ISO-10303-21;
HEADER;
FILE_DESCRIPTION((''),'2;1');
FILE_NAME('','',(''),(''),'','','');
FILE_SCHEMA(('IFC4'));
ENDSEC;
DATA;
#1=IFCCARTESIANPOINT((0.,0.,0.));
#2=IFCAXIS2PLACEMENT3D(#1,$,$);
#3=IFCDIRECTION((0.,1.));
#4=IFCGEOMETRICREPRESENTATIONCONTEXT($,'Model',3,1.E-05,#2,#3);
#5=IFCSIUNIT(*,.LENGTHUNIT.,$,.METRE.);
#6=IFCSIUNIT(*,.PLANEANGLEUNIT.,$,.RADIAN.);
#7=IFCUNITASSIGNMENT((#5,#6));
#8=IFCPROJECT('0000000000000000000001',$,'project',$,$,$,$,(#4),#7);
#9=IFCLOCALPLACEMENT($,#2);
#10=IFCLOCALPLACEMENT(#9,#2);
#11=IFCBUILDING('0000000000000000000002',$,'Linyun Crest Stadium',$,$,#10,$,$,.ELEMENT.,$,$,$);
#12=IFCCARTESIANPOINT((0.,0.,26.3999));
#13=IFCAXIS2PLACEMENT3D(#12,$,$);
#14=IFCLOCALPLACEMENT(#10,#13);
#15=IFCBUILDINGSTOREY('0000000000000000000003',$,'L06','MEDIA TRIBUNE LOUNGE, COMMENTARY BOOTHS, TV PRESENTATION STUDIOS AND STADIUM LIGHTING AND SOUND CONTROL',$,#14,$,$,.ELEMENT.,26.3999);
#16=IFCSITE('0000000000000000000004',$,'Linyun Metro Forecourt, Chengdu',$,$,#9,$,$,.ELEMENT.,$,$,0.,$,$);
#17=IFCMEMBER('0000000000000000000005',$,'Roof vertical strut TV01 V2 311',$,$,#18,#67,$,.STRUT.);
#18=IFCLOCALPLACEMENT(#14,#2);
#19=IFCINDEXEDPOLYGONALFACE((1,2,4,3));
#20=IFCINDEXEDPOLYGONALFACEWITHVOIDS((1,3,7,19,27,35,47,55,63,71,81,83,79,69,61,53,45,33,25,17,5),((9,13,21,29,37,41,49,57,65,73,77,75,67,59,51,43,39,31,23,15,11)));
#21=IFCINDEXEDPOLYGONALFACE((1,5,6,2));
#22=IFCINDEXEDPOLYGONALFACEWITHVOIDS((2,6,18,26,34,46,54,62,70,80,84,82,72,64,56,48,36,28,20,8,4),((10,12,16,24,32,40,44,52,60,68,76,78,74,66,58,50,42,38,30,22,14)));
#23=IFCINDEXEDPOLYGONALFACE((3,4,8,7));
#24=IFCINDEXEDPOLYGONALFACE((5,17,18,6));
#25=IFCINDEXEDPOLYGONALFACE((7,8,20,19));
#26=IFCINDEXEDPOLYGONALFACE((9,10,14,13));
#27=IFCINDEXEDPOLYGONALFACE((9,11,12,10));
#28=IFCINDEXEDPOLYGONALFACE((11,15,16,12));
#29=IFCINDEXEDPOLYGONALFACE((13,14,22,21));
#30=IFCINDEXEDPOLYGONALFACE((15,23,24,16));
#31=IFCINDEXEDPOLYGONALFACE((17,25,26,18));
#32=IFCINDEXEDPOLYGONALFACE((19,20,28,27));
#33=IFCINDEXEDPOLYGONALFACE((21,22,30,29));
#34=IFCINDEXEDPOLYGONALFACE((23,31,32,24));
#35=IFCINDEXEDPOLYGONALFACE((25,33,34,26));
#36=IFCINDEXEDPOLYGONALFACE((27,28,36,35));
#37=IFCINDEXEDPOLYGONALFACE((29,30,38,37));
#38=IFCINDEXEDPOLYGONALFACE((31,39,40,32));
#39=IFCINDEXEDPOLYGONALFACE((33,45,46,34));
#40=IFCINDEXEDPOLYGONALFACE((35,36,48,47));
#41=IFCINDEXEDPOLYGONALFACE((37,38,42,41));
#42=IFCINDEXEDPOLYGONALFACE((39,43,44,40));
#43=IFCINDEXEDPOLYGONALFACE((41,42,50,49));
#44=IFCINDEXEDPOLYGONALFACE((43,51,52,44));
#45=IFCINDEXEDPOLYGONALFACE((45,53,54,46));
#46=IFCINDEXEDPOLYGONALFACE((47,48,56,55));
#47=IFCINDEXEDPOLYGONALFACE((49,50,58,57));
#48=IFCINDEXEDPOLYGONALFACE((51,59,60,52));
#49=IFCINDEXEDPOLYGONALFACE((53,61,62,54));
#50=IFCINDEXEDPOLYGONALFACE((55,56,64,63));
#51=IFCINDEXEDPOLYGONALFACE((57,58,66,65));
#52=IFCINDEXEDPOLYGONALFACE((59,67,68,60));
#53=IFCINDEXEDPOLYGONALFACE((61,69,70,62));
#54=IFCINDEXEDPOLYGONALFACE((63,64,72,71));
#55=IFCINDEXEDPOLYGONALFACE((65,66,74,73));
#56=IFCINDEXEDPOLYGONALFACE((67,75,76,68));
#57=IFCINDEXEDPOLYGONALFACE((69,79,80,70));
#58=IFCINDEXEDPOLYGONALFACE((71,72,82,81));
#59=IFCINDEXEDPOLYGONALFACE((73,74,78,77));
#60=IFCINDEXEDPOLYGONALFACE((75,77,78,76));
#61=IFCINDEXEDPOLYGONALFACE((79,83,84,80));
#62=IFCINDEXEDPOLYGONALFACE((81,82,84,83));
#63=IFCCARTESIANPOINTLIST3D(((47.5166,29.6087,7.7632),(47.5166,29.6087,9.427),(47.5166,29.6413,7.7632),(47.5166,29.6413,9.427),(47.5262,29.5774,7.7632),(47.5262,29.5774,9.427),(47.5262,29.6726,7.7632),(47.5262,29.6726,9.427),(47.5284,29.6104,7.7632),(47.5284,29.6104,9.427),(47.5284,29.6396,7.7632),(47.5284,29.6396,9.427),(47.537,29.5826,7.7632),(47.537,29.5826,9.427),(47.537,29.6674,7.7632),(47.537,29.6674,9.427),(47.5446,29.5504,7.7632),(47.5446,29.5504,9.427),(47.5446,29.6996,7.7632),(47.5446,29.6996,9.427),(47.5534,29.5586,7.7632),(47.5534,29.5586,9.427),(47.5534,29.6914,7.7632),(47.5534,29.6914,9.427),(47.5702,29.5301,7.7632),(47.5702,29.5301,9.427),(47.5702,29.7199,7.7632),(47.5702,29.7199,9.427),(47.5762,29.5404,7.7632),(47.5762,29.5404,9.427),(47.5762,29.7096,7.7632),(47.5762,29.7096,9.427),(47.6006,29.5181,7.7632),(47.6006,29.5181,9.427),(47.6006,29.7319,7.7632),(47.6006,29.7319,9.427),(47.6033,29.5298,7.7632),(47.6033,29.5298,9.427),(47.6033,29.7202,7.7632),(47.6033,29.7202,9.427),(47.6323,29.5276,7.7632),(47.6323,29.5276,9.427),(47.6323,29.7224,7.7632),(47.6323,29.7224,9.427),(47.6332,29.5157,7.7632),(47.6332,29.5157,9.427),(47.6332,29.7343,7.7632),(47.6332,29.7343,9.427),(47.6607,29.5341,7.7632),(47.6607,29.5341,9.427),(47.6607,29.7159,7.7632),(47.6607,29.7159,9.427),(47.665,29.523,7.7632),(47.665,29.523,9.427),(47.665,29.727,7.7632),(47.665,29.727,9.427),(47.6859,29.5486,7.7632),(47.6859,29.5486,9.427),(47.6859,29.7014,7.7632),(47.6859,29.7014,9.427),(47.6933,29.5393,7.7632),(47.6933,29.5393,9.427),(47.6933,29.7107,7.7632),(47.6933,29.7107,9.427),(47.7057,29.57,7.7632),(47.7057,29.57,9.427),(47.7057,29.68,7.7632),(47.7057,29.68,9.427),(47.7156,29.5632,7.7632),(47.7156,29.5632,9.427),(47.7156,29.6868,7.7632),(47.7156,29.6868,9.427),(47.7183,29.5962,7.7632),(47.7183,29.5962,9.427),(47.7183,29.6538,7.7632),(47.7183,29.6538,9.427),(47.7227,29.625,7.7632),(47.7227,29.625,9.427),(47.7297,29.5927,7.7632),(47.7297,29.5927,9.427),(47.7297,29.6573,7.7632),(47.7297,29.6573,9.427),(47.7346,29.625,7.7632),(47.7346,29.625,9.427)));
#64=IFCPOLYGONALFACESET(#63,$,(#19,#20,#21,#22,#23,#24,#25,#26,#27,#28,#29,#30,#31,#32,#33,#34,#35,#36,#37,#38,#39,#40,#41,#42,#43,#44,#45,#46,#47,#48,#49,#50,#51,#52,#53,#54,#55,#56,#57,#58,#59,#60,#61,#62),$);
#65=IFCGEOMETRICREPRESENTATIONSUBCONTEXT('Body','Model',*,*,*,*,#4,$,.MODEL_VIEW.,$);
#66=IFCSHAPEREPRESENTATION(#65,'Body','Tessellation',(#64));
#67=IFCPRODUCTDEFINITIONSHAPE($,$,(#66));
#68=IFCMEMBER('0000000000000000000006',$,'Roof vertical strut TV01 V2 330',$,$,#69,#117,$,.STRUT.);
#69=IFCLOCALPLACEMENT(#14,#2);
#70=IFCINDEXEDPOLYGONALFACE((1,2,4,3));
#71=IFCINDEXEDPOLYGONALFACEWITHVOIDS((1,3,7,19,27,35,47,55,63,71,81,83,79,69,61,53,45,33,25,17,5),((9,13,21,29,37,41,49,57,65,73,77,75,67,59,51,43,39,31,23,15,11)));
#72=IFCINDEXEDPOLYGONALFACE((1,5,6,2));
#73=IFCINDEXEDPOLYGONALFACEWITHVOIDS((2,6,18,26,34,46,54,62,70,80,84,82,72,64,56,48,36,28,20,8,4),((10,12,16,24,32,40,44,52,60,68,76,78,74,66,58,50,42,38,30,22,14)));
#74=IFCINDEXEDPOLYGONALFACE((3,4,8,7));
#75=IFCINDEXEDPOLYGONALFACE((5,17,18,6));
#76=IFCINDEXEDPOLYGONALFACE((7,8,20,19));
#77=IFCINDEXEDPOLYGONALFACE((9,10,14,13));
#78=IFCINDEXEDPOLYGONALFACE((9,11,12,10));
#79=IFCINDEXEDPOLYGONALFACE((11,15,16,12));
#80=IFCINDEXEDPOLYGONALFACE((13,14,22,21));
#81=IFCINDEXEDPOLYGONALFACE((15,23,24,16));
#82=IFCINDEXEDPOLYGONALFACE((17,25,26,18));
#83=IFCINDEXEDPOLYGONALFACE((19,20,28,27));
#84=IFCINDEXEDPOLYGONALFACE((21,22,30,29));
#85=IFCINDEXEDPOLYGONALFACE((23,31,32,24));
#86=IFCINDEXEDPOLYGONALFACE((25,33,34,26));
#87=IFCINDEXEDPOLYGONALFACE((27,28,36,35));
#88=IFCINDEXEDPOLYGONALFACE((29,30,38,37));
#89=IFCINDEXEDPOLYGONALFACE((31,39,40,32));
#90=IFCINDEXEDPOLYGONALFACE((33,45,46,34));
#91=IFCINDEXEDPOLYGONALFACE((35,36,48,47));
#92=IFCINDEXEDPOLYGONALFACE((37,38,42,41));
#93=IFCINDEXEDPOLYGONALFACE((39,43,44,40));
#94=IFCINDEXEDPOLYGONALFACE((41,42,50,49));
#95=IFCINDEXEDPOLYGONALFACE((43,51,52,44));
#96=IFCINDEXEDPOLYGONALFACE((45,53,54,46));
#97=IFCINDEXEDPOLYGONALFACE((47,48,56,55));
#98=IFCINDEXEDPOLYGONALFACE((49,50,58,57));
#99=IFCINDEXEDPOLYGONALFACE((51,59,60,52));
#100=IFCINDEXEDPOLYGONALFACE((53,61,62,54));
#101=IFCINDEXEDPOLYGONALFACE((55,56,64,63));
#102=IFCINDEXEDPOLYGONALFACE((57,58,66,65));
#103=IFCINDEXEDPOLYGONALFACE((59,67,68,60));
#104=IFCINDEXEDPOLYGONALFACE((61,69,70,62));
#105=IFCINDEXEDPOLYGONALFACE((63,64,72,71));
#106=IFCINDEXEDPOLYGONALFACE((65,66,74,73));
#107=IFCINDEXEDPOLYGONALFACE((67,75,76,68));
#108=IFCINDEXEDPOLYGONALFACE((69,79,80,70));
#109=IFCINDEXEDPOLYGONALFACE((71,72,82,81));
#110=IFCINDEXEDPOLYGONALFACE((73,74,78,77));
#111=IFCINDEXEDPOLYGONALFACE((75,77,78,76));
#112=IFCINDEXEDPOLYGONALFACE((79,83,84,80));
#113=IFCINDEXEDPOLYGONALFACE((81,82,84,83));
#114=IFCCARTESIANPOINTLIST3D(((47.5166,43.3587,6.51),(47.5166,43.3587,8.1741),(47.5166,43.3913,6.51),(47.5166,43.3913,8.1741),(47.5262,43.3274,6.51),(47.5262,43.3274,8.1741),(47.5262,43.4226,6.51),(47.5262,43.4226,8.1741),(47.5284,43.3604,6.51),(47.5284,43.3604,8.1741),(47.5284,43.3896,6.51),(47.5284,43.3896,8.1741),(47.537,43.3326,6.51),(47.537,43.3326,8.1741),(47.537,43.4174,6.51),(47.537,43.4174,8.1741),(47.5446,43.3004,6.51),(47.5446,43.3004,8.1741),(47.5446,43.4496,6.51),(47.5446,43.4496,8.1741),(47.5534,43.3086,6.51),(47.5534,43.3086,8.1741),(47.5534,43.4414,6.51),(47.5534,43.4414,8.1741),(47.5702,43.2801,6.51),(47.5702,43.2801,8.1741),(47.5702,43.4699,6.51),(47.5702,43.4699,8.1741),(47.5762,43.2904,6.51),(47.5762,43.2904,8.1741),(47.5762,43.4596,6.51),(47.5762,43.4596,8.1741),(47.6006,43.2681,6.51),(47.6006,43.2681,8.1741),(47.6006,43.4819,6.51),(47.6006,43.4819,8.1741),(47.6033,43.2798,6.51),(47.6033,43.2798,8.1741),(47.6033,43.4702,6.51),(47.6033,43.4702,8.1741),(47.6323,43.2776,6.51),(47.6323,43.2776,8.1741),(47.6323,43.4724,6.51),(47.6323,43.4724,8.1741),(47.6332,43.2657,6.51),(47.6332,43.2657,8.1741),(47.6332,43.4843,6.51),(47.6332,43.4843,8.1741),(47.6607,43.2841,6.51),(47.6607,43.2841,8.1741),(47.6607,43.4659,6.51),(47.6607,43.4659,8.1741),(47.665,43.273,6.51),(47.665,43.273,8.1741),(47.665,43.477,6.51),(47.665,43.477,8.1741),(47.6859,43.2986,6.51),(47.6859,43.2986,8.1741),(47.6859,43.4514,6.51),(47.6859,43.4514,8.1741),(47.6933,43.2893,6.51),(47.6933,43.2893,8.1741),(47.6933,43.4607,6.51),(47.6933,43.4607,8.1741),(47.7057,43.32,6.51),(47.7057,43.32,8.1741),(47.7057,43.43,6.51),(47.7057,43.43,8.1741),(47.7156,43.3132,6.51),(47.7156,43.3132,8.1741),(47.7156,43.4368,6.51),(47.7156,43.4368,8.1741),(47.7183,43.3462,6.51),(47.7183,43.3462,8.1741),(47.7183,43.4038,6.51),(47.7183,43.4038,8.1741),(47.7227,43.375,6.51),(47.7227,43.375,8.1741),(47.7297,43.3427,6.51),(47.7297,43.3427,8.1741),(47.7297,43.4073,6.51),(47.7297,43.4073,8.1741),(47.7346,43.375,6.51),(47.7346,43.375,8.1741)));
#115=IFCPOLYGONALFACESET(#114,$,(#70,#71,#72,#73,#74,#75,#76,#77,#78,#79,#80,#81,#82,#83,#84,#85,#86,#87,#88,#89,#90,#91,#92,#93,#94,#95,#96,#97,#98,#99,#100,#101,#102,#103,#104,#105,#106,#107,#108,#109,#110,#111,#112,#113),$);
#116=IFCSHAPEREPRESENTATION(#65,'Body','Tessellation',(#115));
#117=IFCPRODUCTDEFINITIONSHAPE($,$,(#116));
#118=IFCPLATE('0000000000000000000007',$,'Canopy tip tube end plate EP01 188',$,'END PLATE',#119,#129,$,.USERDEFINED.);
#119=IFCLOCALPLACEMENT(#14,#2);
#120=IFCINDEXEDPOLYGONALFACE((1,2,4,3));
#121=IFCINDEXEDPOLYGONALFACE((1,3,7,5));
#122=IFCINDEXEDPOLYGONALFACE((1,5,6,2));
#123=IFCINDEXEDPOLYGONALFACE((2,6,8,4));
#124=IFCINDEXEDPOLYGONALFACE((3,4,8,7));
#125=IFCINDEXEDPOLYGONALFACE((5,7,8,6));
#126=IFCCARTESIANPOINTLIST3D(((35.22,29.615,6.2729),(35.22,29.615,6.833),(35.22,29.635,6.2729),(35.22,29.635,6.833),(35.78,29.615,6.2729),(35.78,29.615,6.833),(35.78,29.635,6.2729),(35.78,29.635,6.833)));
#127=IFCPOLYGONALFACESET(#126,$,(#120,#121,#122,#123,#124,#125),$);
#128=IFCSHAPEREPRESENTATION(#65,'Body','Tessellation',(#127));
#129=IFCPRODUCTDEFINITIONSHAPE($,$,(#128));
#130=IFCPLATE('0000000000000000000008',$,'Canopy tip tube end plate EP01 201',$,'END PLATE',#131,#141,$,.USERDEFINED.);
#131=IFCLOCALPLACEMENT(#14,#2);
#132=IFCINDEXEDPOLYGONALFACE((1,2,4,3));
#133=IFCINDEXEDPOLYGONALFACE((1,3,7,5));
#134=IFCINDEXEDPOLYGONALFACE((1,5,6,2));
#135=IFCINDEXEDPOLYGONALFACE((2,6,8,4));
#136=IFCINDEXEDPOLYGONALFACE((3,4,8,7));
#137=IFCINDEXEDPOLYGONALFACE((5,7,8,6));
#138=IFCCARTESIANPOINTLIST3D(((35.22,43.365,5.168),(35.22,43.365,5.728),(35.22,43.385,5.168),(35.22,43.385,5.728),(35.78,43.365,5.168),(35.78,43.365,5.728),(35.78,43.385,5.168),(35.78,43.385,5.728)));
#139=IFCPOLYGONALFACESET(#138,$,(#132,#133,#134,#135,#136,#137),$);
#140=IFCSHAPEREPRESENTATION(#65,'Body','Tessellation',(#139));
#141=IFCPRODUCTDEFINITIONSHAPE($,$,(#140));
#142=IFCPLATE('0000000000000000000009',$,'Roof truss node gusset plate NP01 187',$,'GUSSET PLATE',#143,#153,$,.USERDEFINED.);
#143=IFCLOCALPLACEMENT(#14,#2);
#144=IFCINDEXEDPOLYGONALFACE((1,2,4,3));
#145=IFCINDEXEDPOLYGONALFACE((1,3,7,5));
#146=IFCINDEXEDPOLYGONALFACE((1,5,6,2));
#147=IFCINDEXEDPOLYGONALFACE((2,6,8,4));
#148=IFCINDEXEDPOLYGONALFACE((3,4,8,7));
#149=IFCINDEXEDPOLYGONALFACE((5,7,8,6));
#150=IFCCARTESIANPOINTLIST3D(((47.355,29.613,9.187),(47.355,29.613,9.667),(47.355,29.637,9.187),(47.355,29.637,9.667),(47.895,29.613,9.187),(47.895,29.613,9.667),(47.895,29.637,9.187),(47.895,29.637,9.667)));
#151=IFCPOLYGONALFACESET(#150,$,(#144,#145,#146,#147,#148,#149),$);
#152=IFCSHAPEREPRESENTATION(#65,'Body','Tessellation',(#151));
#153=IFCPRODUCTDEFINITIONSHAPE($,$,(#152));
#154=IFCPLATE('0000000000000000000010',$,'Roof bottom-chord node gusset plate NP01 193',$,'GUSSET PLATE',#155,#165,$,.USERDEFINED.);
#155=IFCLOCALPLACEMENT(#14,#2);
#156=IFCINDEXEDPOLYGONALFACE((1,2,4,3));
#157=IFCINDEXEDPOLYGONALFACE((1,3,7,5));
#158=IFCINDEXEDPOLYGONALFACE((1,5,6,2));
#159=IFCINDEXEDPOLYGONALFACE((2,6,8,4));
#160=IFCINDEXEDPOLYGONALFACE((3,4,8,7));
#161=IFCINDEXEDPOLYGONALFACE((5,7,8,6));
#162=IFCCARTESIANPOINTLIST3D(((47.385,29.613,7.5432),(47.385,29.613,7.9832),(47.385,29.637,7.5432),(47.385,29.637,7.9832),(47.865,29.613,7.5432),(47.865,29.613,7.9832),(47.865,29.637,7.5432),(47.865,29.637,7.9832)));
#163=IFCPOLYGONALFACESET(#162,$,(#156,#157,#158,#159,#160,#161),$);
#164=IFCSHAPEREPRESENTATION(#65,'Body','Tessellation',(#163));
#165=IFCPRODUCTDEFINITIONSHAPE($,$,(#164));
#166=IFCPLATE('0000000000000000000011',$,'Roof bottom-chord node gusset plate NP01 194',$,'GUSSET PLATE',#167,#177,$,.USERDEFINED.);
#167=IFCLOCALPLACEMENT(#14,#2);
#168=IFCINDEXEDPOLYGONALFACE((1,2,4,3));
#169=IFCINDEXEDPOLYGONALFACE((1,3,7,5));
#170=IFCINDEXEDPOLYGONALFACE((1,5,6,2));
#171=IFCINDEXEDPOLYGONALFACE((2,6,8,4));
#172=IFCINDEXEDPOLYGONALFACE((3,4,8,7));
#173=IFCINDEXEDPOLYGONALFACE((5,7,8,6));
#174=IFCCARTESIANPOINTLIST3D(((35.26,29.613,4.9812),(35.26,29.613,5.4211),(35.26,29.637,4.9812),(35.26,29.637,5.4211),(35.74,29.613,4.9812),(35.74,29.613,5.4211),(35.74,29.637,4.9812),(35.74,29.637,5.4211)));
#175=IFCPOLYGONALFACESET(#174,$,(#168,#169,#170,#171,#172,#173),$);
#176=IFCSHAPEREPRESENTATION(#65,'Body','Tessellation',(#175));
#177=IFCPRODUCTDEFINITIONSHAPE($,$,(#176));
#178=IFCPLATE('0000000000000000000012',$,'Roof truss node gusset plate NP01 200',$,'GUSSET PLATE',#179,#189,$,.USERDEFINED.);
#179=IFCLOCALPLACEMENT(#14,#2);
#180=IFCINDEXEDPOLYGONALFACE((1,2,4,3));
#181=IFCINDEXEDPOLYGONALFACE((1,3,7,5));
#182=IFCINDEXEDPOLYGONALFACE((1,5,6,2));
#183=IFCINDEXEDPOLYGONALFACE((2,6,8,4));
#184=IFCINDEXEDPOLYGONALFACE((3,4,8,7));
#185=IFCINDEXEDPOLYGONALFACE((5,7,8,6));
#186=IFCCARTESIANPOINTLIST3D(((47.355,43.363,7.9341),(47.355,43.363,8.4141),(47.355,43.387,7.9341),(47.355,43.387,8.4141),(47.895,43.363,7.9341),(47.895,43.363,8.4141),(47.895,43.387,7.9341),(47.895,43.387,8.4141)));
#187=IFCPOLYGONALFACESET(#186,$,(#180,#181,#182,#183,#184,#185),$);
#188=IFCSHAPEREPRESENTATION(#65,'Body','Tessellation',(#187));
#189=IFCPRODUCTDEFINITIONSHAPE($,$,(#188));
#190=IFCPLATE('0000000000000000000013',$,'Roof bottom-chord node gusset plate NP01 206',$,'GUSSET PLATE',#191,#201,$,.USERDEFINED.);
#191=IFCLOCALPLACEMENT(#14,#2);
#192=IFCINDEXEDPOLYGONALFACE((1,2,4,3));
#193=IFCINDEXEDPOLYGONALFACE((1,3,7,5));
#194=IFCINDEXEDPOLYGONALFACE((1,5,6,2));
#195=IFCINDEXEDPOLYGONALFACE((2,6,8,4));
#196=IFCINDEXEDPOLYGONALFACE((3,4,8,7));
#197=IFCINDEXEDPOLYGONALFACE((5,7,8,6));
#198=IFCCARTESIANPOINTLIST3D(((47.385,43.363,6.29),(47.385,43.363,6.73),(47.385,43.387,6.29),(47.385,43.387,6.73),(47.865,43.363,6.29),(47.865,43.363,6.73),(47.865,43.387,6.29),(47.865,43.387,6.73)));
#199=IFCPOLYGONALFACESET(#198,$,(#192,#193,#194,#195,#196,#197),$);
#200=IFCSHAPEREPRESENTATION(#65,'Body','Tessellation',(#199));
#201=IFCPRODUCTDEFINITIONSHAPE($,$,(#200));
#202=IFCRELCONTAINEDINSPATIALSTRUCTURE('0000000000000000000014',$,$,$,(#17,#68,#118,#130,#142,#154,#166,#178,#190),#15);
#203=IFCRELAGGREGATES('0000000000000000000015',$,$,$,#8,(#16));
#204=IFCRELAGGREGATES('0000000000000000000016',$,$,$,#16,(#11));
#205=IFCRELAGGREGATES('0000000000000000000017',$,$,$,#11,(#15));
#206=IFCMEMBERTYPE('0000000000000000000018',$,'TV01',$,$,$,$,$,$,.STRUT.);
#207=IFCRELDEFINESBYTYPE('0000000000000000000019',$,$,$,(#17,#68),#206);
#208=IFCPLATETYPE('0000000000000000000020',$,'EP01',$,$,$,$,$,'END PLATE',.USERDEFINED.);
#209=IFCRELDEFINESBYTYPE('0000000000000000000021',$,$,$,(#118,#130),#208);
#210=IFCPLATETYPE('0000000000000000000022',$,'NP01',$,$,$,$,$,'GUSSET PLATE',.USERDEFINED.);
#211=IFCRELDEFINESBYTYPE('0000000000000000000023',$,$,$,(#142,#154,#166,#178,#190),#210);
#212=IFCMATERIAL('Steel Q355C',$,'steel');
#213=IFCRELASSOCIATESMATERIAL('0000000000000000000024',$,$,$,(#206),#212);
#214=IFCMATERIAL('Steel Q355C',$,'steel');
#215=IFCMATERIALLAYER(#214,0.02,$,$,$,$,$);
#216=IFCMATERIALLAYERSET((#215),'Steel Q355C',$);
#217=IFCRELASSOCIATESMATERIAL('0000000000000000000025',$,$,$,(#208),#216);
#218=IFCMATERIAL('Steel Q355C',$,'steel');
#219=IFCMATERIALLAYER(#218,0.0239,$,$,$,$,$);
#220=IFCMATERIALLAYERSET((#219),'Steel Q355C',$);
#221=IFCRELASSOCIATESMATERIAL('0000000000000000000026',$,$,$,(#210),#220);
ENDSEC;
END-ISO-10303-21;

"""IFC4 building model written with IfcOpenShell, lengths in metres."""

from ifc_helpers import new_model, si_unit, direction, frame, origin, origin_2d, place, context, subcontext, project, spatial, rectangle, hollow_circle, extrude, material, layer, layer_set, material_profile, profile_set, type_object, element, save


model = new_model("IFC4")

# Units and contexts
model_context = context("Model", 3, precision=1e-05, world=origin(), true_north=direction((0.0, 1.0)))
body_context = subcontext(model_context, "Body", "Model", "MODEL_VIEW")
ifc_project = project(units=[si_unit("LENGTHUNIT", "METRE"), si_unit("PLANEANGLEUNIT", "RADIAN")], contexts=[model_context])

# Site, building, storey
site_placement = place(None, origin())
site = spatial("IfcSite", under=ifc_project, at=site_placement, Name="Linyun Metro Forecourt, Chengdu", CompositionType="ELEMENT", RefElevation=0.0)
building_placement = place(site_placement, origin())
building = spatial("IfcBuilding", under=site, at=building_placement, Name="Linyun Crest Stadium", CompositionType="ELEMENT")
storey_placement = place(building_placement, frame((0.0, 0.0, 26.3999)))
storey = spatial("IfcBuildingStorey", under=building, at=storey_placement, Name="L06", Description="MEDIA TRIBUNE LOUNGE, COMMENTARY BOOTHS, TV PRESENTATION STUDIOS AND STADIUM LIGHTING AND SOUND CONTROL", CompositionType="ELEMENT", Elevation=26.3999)

# Members
ifc_material_1 = material(Name="Steel Q355C", Category="steel")
ifc_material_profile_1 = material_profile(ifc_material_1, hollow_circle(Radius=0.1096, WallThickness=0.012, at=origin_2d()), Name="CHS 219x12")
ifc_profile_set_1 = profile_set([ifc_material_profile_1], Name="Steel Q355C")
member_type_1 = type_object("IfcMemberType", Name="TV01", PredefinedType="STRUT", material=ifc_profile_set_1)
member_1_placement = place(storey_placement, frame((47.625, 29.625, 7.7632), z_axis=(0.0, 0.0, 1.0), x_axis=(1.0, 0.0, 0.0)))
element("IfcMember", 1, at=member_1_placement, inside=storey, type_object=member_type_1, Name="Roof vertical strut TV01 V2 311", PredefinedType="STRUT", context=body_context, shape_type="SweptSolid", body=[
    extrude(hollow_circle(Radius=0.1096, WallThickness=0.012, at=origin_2d()), origin(), (0.0, 0.0, 1.0), 1.6638),
])
member_2_placement = place(storey_placement, frame((47.625, 43.375, 6.51), z_axis=(0.0, 0.0, 1.0), x_axis=(1.0, 0.0, 0.0)))
element("IfcMember", 2, at=member_2_placement, inside=storey, type_object=member_type_1, Name="Roof vertical strut TV01 V2 330", PredefinedType="STRUT", context=body_context, shape_type="SweptSolid", body=[
    extrude(hollow_circle(Radius=0.1096, WallThickness=0.012, at=origin_2d()), origin(), (0.0, 0.0, 1.0), 1.6641),
])

# Plates
ifc_material_2 = material(Name="Steel Q355C", Category="steel")
ifc_layer_1 = layer(ifc_material_2, 0.02)
ifc_layer_set_1 = layer_set([ifc_layer_1], Name="Steel Q355C")
plate_type_1 = type_object("IfcPlateType", Name="EP01", ElementType="END PLATE", PredefinedType="USERDEFINED", material=ifc_layer_set_1)
for number, where, z_axis, x_axis, name in (
    (3, (35.5, 29.625, 6.2729), (0.0, 0.0, 1.0), (1.0, 0.0, 0.0), "Canopy tip tube end plate EP01 188"),
    (4, (35.5, 43.375, 5.168), (0.0, 0.0, 1.0), (1.0, 0.0, 0.0), "Canopy tip tube end plate EP01 201"),
):
    element("IfcPlate", number, at=place(storey_placement, frame(where, z_axis=z_axis, x_axis=x_axis)), inside=storey, type_object=plate_type_1, Name=name, ObjectType="END PLATE", PredefinedType="USERDEFINED", context=body_context, shape_type="SweptSolid", body=[
        extrude(rectangle(XDim=0.5601, YDim=0.02, at=origin_2d()), origin(), (0.0, 0.0, 1.0), 0.5601),
    ])
ifc_material_3 = material(Name="Steel Q355C", Category="steel")
ifc_layer_2 = layer(ifc_material_3, 0.0239)
ifc_layer_set_2 = layer_set([ifc_layer_2], Name="Steel Q355C")
plate_type_2 = type_object("IfcPlateType", Name="NP01", ElementType="GUSSET PLATE", PredefinedType="USERDEFINED", material=ifc_layer_set_2)
plate_1_placement = place(storey_placement, frame((47.625, 29.625, 9.187), z_axis=(0.0, 0.0, 1.0), x_axis=(1.0, 0.0, 0.0)))
element("IfcPlate", 5, at=plate_1_placement, inside=storey, type_object=plate_type_2, Name="Roof truss node gusset plate NP01 187", ObjectType="GUSSET PLATE", PredefinedType="USERDEFINED", context=body_context, shape_type="SweptSolid", body=[
    extrude(rectangle(XDim=0.54, YDim=0.0239, at=origin_2d()), origin(), (0.0, 0.0, 1.0), 0.48),
])
for number, where, z_axis, x_axis, name in (
    (6, (47.625, 29.625, 7.5432), (0.0, 0.0, 1.0), (1.0, 0.0, 0.0), "Roof bottom-chord node gusset plate NP01 193"),
    (7, (35.5, 29.625, 4.9812), (0.0, 0.0, 1.0), (1.0, 0.0, 0.0), "Roof bottom-chord node gusset plate NP01 194"),
):
    element("IfcPlate", number, at=place(storey_placement, frame(where, z_axis=z_axis, x_axis=x_axis)), inside=storey, type_object=plate_type_2, Name=name, ObjectType="GUSSET PLATE", PredefinedType="USERDEFINED", context=body_context, shape_type="SweptSolid", body=[
        extrude(rectangle(XDim=0.48, YDim=0.0239, at=origin_2d()), origin(), (0.0, 0.0, 1.0), 0.4399),
    ])
plate_2_placement = place(storey_placement, frame((47.625, 43.375, 7.9341), z_axis=(0.0, 0.0, 1.0), x_axis=(1.0, 0.0, 0.0)))
element("IfcPlate", 8, at=plate_2_placement, inside=storey, type_object=plate_type_2, Name="Roof truss node gusset plate NP01 200", ObjectType="GUSSET PLATE", PredefinedType="USERDEFINED", context=body_context, shape_type="SweptSolid", body=[
    extrude(rectangle(XDim=0.54, YDim=0.0239, at=origin_2d()), origin(), (0.0, 0.0, 1.0), 0.48),
])
for number, where, z_axis, x_axis, name in (
    (9, (47.625, 43.375, 6.29), (0.0, 0.0, 1.0), (1.0, 0.0, 0.0), "Roof bottom-chord node gusset plate NP01 206"),
):
    element("IfcPlate", number, at=place(storey_placement, frame(where, z_axis=z_axis, x_axis=x_axis)), inside=storey, type_object=plate_type_2, Name=name, ObjectType="GUSSET PLATE", PredefinedType="USERDEFINED", context=body_context, shape_type="SweptSolid", body=[
        extrude(rectangle(XDim=0.48, YDim=0.0239, at=origin_2d()), origin(), (0.0, 0.0, 1.0), 0.4399),
    ])

save(model, "model.ifc")
